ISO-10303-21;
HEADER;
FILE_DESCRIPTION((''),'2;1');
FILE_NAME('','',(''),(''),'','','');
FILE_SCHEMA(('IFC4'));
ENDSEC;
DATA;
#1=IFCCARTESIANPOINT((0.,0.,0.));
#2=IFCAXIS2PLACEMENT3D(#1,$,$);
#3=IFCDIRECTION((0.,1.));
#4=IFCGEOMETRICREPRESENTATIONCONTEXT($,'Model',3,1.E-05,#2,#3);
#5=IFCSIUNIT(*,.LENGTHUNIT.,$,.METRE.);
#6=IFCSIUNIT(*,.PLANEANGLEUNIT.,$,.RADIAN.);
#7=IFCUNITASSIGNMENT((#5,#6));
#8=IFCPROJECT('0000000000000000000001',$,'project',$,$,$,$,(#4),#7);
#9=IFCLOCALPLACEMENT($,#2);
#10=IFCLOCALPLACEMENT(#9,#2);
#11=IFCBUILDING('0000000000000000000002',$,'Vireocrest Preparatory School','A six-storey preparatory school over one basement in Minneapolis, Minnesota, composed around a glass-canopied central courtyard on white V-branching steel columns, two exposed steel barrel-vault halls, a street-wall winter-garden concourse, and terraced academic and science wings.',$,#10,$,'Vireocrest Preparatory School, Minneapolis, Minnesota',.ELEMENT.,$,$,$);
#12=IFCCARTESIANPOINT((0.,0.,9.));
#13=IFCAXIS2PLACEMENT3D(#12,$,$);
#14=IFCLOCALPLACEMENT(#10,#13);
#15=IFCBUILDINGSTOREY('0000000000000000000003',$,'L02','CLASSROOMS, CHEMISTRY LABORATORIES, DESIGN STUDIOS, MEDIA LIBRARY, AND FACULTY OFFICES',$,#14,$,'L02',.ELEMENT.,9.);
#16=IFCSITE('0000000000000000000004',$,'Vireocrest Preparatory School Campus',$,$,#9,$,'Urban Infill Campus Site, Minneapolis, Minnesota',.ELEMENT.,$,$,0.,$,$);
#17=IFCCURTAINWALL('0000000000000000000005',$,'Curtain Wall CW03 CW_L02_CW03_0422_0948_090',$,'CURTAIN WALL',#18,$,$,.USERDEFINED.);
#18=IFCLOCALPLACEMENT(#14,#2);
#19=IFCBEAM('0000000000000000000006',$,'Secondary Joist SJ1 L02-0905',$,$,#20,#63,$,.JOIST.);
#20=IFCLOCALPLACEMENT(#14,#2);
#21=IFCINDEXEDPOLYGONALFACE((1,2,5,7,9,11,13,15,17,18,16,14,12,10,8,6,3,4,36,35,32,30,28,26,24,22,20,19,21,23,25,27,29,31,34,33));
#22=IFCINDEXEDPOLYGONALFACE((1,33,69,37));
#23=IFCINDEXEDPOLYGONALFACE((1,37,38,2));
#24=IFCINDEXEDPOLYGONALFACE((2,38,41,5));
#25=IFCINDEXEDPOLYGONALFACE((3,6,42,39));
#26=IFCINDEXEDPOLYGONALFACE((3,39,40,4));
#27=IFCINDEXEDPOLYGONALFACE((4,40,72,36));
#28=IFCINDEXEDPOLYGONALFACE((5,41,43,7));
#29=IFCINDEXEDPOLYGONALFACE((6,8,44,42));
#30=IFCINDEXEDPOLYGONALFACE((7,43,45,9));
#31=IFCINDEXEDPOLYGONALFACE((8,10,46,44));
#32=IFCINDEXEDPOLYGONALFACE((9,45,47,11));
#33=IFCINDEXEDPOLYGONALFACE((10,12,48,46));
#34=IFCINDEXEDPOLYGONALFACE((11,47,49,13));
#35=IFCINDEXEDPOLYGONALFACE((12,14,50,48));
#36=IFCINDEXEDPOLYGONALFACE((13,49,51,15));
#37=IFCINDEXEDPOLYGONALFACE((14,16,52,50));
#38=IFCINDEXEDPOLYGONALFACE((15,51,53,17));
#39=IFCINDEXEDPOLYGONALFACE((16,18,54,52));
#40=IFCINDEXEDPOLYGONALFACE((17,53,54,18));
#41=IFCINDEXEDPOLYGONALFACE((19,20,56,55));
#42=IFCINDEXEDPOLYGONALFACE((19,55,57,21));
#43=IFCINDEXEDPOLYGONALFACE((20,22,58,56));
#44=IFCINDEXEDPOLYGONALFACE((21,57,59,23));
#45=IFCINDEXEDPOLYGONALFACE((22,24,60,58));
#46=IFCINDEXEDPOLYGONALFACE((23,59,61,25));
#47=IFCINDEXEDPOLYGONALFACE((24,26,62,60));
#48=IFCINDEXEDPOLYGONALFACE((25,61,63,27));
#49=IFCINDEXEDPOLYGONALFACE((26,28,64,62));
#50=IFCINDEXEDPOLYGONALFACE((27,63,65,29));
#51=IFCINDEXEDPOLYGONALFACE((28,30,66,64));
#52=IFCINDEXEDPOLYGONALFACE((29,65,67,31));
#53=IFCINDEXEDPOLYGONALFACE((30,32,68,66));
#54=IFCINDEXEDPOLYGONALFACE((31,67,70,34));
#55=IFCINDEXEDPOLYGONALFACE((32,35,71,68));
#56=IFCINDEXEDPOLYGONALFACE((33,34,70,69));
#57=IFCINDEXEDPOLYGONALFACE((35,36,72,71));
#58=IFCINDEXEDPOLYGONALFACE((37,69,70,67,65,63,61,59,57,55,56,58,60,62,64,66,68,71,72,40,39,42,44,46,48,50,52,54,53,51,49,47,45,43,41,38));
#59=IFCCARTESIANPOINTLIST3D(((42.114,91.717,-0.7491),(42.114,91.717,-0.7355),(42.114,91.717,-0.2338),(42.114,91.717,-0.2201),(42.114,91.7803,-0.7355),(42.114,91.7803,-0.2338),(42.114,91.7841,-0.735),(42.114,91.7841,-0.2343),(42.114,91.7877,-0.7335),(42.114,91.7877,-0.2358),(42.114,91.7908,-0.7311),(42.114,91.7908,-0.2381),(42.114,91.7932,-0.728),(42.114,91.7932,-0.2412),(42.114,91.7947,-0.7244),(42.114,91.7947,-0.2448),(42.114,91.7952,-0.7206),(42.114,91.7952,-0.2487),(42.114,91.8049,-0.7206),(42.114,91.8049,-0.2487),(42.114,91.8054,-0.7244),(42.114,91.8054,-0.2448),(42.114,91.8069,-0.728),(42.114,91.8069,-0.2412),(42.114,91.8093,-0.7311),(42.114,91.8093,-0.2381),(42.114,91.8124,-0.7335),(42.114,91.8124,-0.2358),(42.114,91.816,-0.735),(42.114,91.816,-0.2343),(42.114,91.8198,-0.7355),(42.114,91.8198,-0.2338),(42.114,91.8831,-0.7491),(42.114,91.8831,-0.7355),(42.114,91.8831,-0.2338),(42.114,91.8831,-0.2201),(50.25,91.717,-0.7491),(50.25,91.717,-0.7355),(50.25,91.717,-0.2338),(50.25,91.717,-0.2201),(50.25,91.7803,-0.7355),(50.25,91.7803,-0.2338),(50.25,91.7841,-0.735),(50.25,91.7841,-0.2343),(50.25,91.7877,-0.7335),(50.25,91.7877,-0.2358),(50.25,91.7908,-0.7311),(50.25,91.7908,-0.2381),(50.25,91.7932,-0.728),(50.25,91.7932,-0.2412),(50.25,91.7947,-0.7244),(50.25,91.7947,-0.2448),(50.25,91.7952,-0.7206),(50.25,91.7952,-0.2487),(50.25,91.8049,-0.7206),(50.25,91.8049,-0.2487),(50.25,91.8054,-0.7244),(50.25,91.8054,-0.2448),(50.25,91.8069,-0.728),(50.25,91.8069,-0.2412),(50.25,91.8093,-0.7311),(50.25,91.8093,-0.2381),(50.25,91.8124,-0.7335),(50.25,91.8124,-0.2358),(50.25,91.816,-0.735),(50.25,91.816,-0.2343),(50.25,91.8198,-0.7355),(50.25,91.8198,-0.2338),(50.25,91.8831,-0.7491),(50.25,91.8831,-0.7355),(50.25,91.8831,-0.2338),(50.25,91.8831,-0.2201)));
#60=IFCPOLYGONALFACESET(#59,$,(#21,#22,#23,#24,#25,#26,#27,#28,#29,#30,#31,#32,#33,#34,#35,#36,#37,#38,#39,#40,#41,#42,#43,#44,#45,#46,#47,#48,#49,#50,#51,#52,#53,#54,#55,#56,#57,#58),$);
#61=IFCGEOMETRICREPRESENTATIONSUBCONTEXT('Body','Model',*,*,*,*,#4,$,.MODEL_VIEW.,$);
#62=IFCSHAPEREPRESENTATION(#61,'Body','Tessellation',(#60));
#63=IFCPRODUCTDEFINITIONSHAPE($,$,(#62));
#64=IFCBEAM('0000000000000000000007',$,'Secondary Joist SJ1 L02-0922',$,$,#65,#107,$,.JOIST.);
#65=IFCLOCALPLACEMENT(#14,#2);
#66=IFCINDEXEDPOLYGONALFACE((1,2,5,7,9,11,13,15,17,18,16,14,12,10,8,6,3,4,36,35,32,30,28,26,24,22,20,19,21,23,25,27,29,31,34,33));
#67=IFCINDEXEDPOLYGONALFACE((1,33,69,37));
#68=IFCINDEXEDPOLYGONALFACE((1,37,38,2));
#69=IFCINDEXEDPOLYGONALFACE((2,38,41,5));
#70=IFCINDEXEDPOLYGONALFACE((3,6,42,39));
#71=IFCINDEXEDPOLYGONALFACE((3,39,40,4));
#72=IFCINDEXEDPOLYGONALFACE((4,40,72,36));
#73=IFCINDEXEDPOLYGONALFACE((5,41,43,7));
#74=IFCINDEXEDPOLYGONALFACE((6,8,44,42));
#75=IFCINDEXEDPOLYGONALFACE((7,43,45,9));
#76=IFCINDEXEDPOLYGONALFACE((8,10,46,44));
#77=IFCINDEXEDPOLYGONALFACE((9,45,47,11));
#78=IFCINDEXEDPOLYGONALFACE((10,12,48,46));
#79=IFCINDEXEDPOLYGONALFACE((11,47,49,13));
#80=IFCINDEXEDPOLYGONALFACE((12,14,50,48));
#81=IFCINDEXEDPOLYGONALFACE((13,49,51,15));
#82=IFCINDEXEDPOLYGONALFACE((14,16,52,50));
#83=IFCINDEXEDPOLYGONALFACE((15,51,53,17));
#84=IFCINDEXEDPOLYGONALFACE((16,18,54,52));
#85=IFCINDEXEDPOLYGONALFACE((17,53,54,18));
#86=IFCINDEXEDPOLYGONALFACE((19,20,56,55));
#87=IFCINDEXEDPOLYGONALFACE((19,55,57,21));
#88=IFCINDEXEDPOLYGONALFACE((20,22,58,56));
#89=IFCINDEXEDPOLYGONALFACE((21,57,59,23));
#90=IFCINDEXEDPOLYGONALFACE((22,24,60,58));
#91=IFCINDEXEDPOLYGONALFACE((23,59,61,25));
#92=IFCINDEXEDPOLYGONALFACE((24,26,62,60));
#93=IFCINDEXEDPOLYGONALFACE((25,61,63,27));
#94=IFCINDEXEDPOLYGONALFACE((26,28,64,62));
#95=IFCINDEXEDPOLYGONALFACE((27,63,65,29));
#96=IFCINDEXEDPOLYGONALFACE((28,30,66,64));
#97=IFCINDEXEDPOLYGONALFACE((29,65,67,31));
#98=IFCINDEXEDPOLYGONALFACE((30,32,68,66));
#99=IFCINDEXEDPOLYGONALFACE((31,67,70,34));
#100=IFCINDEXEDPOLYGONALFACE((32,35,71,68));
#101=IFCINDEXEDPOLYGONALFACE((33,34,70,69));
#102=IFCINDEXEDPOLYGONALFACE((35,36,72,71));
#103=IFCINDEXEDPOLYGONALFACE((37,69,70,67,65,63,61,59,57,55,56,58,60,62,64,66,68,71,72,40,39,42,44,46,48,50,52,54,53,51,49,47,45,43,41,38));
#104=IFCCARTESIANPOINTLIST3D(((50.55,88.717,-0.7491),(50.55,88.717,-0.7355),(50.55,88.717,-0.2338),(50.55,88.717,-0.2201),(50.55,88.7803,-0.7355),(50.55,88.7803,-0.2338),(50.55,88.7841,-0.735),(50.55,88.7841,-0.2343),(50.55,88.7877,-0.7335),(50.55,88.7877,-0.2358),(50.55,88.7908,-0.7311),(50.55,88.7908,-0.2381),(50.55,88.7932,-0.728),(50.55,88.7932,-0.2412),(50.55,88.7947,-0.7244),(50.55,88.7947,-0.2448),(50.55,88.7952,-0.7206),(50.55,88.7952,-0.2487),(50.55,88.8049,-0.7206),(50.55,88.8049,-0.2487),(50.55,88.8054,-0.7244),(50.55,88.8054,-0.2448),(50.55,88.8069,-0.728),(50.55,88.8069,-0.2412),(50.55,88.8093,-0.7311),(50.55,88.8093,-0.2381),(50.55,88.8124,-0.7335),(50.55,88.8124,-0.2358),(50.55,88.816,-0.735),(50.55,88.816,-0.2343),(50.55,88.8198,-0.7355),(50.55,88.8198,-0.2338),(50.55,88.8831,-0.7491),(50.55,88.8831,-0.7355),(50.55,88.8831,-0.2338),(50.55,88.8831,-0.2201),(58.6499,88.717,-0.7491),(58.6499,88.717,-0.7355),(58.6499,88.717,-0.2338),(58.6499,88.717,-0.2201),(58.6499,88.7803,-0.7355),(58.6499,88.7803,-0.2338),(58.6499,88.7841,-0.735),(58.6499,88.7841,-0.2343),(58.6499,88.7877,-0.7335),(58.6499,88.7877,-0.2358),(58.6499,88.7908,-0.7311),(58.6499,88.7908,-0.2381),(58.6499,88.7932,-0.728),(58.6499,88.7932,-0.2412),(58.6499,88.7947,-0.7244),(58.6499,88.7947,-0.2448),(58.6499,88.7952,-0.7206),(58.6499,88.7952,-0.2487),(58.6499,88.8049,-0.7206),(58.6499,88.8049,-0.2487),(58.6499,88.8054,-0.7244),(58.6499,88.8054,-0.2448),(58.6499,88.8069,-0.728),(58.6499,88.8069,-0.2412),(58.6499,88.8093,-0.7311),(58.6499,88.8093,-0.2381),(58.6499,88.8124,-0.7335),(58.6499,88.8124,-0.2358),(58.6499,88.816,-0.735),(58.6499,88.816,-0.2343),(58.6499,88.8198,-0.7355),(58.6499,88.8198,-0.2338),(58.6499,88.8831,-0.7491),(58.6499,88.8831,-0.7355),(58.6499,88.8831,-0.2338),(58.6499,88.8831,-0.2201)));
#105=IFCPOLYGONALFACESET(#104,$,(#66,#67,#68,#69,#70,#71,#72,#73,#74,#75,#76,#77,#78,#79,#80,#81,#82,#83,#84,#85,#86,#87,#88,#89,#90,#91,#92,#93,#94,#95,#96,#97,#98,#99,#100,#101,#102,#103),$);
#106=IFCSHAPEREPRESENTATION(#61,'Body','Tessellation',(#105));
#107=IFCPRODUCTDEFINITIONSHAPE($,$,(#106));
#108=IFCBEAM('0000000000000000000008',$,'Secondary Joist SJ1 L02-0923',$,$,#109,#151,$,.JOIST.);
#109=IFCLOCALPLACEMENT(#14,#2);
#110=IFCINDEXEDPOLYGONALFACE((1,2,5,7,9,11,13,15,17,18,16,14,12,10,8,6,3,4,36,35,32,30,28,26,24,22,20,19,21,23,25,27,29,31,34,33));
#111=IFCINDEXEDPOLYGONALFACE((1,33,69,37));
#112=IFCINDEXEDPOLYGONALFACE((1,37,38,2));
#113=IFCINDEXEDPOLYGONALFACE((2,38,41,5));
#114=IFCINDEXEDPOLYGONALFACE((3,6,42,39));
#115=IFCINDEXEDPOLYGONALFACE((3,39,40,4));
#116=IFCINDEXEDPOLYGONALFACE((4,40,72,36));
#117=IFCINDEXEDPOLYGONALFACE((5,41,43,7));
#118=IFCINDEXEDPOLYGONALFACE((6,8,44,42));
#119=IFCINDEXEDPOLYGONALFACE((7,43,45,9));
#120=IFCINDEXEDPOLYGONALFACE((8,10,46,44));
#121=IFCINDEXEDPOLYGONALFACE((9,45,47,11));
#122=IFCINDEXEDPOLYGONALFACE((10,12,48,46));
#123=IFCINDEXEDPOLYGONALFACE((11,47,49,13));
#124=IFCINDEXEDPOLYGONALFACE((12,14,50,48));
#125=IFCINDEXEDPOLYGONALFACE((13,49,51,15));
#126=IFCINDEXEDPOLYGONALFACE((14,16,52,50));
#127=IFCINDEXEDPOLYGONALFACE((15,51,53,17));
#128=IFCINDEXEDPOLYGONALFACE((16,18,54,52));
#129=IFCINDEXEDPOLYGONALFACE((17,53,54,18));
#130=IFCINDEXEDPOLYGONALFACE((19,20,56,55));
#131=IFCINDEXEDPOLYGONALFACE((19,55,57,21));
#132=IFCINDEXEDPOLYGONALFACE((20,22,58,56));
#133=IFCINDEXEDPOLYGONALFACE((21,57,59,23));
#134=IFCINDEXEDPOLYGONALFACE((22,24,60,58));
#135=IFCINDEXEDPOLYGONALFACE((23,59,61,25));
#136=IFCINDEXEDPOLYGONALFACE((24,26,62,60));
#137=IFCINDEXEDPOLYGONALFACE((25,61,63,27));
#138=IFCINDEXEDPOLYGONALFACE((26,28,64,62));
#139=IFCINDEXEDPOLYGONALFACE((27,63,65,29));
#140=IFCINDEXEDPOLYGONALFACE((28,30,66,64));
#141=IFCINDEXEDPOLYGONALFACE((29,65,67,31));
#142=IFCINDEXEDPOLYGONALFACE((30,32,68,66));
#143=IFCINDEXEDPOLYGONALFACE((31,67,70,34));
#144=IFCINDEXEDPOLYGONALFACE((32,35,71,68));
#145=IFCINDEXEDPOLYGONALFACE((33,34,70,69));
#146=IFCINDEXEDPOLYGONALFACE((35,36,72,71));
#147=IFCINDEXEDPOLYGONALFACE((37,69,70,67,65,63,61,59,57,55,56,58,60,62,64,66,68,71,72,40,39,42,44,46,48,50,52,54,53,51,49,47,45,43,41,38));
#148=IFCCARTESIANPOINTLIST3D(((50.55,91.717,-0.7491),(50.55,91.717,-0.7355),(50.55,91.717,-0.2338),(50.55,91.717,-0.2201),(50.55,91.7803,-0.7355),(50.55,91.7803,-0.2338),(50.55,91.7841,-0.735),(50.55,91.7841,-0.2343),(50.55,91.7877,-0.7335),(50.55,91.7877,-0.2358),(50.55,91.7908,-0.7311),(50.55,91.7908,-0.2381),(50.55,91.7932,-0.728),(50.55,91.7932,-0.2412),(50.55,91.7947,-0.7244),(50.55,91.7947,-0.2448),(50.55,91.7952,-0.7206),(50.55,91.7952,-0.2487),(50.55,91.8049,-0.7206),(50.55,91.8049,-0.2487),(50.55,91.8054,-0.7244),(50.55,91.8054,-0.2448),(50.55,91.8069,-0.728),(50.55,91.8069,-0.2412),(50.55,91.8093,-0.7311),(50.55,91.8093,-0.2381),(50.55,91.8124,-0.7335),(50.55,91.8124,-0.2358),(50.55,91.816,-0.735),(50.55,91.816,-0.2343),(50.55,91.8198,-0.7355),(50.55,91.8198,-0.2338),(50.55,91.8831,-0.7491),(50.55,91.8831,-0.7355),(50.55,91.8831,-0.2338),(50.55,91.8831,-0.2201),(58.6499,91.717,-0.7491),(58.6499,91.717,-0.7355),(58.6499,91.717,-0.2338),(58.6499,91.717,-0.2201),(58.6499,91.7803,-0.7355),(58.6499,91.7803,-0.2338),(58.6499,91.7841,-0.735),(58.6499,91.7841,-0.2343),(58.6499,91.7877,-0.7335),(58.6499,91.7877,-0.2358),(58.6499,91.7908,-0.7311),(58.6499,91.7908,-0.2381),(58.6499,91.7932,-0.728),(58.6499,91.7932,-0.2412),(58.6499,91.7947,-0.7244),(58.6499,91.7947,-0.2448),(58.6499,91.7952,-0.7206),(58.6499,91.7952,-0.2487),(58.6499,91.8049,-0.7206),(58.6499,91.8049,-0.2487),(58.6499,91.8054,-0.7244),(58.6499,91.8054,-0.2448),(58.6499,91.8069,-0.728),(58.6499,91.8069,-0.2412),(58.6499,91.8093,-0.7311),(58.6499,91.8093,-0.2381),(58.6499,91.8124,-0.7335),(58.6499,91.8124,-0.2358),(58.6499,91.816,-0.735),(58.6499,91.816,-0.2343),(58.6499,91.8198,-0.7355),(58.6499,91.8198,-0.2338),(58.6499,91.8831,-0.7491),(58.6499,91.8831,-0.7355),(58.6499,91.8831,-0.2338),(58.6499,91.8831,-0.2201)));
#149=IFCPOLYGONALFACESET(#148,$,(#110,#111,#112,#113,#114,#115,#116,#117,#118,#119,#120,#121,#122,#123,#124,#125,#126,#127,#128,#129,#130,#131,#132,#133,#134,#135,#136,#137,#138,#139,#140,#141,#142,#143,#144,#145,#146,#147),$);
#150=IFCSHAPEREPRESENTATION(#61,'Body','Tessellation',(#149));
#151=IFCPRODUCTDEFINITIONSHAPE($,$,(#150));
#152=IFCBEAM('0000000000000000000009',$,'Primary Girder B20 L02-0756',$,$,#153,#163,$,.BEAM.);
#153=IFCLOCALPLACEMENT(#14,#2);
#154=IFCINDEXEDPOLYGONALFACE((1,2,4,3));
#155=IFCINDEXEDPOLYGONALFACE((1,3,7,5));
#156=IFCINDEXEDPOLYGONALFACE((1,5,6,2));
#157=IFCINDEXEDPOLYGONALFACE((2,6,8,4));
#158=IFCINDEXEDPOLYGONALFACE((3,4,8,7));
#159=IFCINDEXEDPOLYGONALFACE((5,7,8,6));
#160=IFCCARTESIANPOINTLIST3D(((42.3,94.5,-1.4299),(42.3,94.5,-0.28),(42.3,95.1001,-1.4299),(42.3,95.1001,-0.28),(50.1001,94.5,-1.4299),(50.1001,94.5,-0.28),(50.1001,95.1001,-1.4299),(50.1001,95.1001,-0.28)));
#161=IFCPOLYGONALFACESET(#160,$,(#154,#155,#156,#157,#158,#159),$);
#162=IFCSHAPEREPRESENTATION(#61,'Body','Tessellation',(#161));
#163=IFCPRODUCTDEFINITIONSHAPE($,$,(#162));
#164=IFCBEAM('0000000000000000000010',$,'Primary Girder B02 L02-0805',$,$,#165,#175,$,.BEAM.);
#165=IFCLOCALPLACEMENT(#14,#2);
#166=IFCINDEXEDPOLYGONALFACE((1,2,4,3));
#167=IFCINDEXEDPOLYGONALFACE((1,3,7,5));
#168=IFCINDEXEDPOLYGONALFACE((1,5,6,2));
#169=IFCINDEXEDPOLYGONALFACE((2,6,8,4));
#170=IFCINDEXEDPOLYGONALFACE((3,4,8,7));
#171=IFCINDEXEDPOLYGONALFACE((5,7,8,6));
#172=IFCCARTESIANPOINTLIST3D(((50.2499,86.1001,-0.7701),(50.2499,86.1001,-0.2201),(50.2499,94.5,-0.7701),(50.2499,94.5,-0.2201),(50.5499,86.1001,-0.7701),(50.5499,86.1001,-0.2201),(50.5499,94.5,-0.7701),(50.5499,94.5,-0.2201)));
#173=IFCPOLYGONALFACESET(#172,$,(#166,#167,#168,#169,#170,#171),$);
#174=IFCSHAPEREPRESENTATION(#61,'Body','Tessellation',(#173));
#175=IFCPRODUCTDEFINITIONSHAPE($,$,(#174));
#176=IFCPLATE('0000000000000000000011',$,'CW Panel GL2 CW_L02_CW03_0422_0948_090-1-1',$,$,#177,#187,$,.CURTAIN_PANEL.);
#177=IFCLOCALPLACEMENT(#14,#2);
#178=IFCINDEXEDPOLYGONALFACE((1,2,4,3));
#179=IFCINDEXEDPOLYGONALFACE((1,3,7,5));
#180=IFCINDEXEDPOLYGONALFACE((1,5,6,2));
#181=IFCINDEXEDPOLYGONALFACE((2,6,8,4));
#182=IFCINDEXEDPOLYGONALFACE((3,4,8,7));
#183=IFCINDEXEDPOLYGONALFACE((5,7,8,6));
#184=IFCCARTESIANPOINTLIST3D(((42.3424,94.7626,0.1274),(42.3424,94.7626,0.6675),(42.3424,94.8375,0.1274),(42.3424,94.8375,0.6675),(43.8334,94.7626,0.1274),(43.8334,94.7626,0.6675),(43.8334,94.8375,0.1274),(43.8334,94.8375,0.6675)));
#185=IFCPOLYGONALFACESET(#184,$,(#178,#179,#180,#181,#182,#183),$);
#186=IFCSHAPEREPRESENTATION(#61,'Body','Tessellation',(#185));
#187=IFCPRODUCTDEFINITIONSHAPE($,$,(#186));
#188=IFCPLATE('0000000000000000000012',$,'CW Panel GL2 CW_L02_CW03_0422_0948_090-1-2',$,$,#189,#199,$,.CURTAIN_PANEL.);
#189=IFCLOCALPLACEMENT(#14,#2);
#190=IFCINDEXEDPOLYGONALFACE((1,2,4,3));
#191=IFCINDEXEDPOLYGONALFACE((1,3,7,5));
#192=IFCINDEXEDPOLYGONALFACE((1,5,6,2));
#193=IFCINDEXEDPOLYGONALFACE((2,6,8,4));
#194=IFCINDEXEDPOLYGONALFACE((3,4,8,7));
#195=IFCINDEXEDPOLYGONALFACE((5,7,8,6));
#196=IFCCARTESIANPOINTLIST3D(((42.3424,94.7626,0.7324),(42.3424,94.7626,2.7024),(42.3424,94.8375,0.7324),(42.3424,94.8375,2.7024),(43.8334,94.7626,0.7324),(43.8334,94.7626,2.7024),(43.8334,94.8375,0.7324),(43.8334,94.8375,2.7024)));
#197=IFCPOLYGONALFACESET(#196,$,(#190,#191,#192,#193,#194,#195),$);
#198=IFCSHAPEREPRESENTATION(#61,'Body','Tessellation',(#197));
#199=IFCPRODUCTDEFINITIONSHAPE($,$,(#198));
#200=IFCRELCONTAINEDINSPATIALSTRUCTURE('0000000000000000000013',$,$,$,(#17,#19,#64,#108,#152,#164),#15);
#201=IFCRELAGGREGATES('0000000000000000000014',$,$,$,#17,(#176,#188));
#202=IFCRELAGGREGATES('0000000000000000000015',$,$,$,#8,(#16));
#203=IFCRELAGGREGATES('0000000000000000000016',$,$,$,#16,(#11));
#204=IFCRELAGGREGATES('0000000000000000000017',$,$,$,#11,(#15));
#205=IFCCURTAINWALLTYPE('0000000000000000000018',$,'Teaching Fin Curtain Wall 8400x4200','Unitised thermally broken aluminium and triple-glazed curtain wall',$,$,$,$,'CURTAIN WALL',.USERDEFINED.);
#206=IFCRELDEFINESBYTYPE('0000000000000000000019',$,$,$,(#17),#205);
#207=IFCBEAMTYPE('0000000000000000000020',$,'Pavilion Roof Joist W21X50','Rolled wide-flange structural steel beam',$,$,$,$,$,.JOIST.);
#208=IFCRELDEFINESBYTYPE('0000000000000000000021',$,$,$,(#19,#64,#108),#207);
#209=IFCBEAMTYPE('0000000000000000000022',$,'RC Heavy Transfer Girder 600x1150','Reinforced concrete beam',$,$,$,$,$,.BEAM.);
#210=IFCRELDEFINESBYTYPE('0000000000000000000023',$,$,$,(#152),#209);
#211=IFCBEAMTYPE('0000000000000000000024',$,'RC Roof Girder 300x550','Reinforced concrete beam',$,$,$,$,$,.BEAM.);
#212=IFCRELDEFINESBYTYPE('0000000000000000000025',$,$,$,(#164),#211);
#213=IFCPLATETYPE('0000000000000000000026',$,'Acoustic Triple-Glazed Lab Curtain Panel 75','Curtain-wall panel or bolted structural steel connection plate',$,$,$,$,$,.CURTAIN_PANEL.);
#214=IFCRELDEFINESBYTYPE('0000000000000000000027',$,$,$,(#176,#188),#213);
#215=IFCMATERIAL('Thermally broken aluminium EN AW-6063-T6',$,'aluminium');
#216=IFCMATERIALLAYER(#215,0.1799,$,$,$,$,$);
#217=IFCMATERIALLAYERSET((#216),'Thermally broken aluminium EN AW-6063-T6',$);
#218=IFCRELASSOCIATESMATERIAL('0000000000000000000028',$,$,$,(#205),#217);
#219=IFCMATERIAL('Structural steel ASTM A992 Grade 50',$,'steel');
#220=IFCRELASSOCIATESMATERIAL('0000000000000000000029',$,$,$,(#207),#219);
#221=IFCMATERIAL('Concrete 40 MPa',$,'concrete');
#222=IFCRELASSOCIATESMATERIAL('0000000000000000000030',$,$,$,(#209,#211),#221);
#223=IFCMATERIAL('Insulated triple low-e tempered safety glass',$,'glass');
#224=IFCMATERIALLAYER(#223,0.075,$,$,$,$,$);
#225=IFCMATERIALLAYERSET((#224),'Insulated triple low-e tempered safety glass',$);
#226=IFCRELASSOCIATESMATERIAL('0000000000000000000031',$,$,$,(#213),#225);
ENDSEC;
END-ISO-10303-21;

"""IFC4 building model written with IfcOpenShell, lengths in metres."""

from ifc_helpers import new_model, si_unit, direction, frame, origin, origin_2d, place, context, subcontext, project, spatial, rectangle, i_section, extrude, material, layer, layer_set, material_profile, profile_set, type_object, element, aggregate, save


model = new_model("IFC4")

# Units and contexts
model_context = context("Model", 3, precision=1e-05, world=origin(), true_north=direction((0.0, 1.0)))
body_context = subcontext(model_context, "Body", "Model", "MODEL_VIEW")
ifc_project = project(units=[si_unit("LENGTHUNIT", "METRE"), si_unit("PLANEANGLEUNIT", "RADIAN")], contexts=[model_context])

# Site, building, storey
site_placement = place(None, origin())
site = spatial("IfcSite", under=ifc_project, at=site_placement, Name="Vireocrest Preparatory School Campus", LongName="Urban Infill Campus Site, Minneapolis, Minnesota", CompositionType="ELEMENT", RefElevation=0.0)
building_placement = place(site_placement, origin())
building = spatial("IfcBuilding", under=site, at=building_placement, Name="Vireocrest Preparatory School", Description="A six-storey preparatory school over one basement in Minneapolis, Minnesota, composed around a glass-canopied central courtyard on white V-branching steel columns, two exposed steel barrel-vault halls, a street-wall winter-garden concourse, and terraced academic and science wings.", LongName="Vireocrest Preparatory School, Minneapolis, Minnesota", CompositionType="ELEMENT")
storey_placement = place(building_placement, frame((0.0, 0.0, 9.0)))
storey = spatial("IfcBuildingStorey", under=building, at=storey_placement, Name="L02", Description="CLASSROOMS, CHEMISTRY LABORATORIES, DESIGN STUDIOS, MEDIA LIBRARY, AND FACULTY OFFICES", LongName="L02", CompositionType="ELEMENT", Elevation=9.0)

# Curtain wall
ifc_material_1 = material(Name="Thermally broken aluminium EN AW-6063-T6", Category="aluminium")
ifc_layer_1 = layer(ifc_material_1, 0.1799)
ifc_layer_set_1 = layer_set([ifc_layer_1], Name="Thermally broken aluminium EN AW-6063-T6")
curtain_wall_type = type_object("IfcCurtainWallType", Name="Teaching Fin Curtain Wall 8400x4200", Description="Unitised thermally broken aluminium and triple-glazed curtain wall", ElementType="CURTAIN WALL", PredefinedType="USERDEFINED", material=ifc_layer_set_1)
curtain_wall_placement = place(storey_placement, origin())
curtain_wall = element("IfcCurtainWall", 1, at=curtain_wall_placement, inside=storey, type_object=curtain_wall_type, Name="Curtain Wall CW03 CW_L02_CW03_0422_0948_090", ObjectType="CURTAIN WALL", PredefinedType="USERDEFINED")

# Beams
ifc_material_2 = material(Name="Structural steel ASTM A992 Grade 50", Category="steel")
ifc_material_profile_1 = material_profile(ifc_material_2, i_section(OverallWidth=0.166, OverallDepth=0.5291, WebThickness=0.0098, FlangeThickness=0.0137, FilletRadius=0.0149, at=origin_2d()), Name="W21X50")
ifc_profile_set_1 = profile_set([ifc_material_profile_1], Name="Structural steel ASTM A992 Grade 50")
beam_type_1 = type_object("IfcBeamType", Name="Pavilion Roof Joist W21X50", Description="Rolled wide-flange structural steel beam", PredefinedType="JOIST", material=ifc_profile_set_1)
for number, where, z_axis, x_axis, name in (
    (2, (42.114, 91.8, -0.4846), (1.0, 0.0, 0.0), (0.0, 1.0, 0.0), "Secondary Joist SJ1 L02-0905"),
):
    element("IfcBeam", number, at=place(storey_placement, frame(where, z_axis=z_axis, x_axis=x_axis)), inside=storey, type_object=beam_type_1, Name=name, PredefinedType="JOIST", context=body_context, shape_type="SweptSolid", body=[
        extrude(i_section(OverallWidth=0.166, OverallDepth=0.5291, WebThickness=0.0098, FlangeThickness=0.0137, FilletRadius=0.0149, at=origin_2d()), origin(), (0.0, 0.0, 1.0), 8.136),
    ])
for number, where, z_axis, x_axis, name in (
    (3, (50.55, 88.8, -0.4846), (1.0, 0.0, 0.0), (0.0, 1.0, 0.0), "Secondary Joist SJ1 L02-0922"),
    (4, (50.55, 91.8, -0.4846), (1.0, 0.0, 0.0), (0.0, 1.0, 0.0), "Secondary Joist SJ1 L02-0923"),
):
    element("IfcBeam", number, at=place(storey_placement, frame(where, z_axis=z_axis, x_axis=x_axis)), inside=storey, type_object=beam_type_1, Name=name, PredefinedType="JOIST", context=body_context, shape_type="SweptSolid", body=[
        extrude(i_section(OverallWidth=0.166, OverallDepth=0.5291, WebThickness=0.0098, FlangeThickness=0.0137, FilletRadius=0.0149, at=origin_2d()), origin(), (0.0, 0.0, 1.0), 8.0999),
    ])
ifc_material_3 = material(Name="Concrete 40 MPa", Category="concrete")
ifc_material_profile_2 = material_profile(ifc_material_3, rectangle(XDim=0.6001, YDim=1.1499, at=origin_2d()), Name="RC 600x1150")
ifc_profile_set_2 = profile_set([ifc_material_profile_2], Name="Concrete 40 MPa")
beam_type_2 = type_object("IfcBeamType", Name="RC Heavy Transfer Girder 600x1150", Description="Reinforced concrete beam", PredefinedType="BEAM", material=ifc_profile_set_2)
beam_1_placement = place(storey_placement, frame((42.3, 94.8, -0.855), z_axis=(1.0, 0.0, 0.0), x_axis=(0.0, 1.0, 0.0)))
element("IfcBeam", 5, at=beam_1_placement, inside=storey, type_object=beam_type_2, Name="Primary Girder B20 L02-0756", PredefinedType="BEAM", context=body_context, shape_type="SweptSolid", body=[
    extrude(rectangle(XDim=0.6001, YDim=1.1499, at=origin_2d()), origin(), (0.0, 0.0, 1.0), 7.8),
])
ifc_material_profile_3 = material_profile(ifc_material_3, rectangle(XDim=0.3, YDim=0.55, at=origin_2d()), Name="RC 300x550")
ifc_profile_set_3 = profile_set([ifc_material_profile_3], Name="Concrete 40 MPa")
beam_type_3 = type_object("IfcBeamType", Name="RC Roof Girder 300x550", Description="Reinforced concrete beam", PredefinedType="BEAM", material=ifc_profile_set_3)
beam_2_placement = place(storey_placement, frame((50.3999, 86.1001, -0.4951), z_axis=(0.0, 1.0, 0.0), x_axis=(-1.0, 0.0, 0.0)))
element("IfcBeam", 6, at=beam_2_placement, inside=storey, type_object=beam_type_3, Name="Primary Girder B02 L02-0805", PredefinedType="BEAM", context=body_context, shape_type="SweptSolid", body=[
    extrude(rectangle(XDim=0.3, YDim=0.55, at=origin_2d()), origin(), (0.0, 0.0, 1.0), 8.3999),
])

# Plates
ifc_material_4 = material(Name="Insulated triple low-e tempered safety glass", Category="glass")
ifc_layer_2 = layer(ifc_material_4, 0.075)
ifc_layer_set_2 = layer_set([ifc_layer_2], Name="Insulated triple low-e tempered safety glass")
plate_type = type_object("IfcPlateType", Name="Acoustic Triple-Glazed Lab Curtain Panel 75", Description="Curtain-wall panel or bolted structural steel connection plate", PredefinedType="CURTAIN_PANEL", material=ifc_layer_set_2)
plate_1_placement = place(storey_placement, frame((43.0879, 94.8, 0.1274), z_axis=(0.0, 0.0, 1.0), x_axis=(1.0, 0.0, 0.0)))
plate_1 = element("IfcPlate", 7, at=plate_1_placement, type_object=plate_type, Name="CW Panel GL2 CW_L02_CW03_0422_0948_090-1-1", PredefinedType="CURTAIN_PANEL", context=body_context, shape_type="SweptSolid", body=[
    extrude(rectangle(XDim=1.491, YDim=0.075, at=origin_2d()), origin(), (0.0, 0.0, 1.0), 0.54),
])
plate_2_placement = place(storey_placement, frame((43.0879, 94.8, 0.7324), z_axis=(0.0, 0.0, 1.0), x_axis=(1.0, 0.0, 0.0)))
plate_2 = element("IfcPlate", 8, at=plate_2_placement, type_object=plate_type, Name="CW Panel GL2 CW_L02_CW03_0422_0948_090-1-2", PredefinedType="CURTAIN_PANEL", context=body_context, shape_type="SweptSolid", body=[
    extrude(rectangle(XDim=1.491, YDim=0.075, at=origin_2d()), origin(), (0.0, 0.0, 1.0), 1.97),
])
aggregate(curtain_wall, [plate_1, plate_2])

save(model, "model.ifc")
